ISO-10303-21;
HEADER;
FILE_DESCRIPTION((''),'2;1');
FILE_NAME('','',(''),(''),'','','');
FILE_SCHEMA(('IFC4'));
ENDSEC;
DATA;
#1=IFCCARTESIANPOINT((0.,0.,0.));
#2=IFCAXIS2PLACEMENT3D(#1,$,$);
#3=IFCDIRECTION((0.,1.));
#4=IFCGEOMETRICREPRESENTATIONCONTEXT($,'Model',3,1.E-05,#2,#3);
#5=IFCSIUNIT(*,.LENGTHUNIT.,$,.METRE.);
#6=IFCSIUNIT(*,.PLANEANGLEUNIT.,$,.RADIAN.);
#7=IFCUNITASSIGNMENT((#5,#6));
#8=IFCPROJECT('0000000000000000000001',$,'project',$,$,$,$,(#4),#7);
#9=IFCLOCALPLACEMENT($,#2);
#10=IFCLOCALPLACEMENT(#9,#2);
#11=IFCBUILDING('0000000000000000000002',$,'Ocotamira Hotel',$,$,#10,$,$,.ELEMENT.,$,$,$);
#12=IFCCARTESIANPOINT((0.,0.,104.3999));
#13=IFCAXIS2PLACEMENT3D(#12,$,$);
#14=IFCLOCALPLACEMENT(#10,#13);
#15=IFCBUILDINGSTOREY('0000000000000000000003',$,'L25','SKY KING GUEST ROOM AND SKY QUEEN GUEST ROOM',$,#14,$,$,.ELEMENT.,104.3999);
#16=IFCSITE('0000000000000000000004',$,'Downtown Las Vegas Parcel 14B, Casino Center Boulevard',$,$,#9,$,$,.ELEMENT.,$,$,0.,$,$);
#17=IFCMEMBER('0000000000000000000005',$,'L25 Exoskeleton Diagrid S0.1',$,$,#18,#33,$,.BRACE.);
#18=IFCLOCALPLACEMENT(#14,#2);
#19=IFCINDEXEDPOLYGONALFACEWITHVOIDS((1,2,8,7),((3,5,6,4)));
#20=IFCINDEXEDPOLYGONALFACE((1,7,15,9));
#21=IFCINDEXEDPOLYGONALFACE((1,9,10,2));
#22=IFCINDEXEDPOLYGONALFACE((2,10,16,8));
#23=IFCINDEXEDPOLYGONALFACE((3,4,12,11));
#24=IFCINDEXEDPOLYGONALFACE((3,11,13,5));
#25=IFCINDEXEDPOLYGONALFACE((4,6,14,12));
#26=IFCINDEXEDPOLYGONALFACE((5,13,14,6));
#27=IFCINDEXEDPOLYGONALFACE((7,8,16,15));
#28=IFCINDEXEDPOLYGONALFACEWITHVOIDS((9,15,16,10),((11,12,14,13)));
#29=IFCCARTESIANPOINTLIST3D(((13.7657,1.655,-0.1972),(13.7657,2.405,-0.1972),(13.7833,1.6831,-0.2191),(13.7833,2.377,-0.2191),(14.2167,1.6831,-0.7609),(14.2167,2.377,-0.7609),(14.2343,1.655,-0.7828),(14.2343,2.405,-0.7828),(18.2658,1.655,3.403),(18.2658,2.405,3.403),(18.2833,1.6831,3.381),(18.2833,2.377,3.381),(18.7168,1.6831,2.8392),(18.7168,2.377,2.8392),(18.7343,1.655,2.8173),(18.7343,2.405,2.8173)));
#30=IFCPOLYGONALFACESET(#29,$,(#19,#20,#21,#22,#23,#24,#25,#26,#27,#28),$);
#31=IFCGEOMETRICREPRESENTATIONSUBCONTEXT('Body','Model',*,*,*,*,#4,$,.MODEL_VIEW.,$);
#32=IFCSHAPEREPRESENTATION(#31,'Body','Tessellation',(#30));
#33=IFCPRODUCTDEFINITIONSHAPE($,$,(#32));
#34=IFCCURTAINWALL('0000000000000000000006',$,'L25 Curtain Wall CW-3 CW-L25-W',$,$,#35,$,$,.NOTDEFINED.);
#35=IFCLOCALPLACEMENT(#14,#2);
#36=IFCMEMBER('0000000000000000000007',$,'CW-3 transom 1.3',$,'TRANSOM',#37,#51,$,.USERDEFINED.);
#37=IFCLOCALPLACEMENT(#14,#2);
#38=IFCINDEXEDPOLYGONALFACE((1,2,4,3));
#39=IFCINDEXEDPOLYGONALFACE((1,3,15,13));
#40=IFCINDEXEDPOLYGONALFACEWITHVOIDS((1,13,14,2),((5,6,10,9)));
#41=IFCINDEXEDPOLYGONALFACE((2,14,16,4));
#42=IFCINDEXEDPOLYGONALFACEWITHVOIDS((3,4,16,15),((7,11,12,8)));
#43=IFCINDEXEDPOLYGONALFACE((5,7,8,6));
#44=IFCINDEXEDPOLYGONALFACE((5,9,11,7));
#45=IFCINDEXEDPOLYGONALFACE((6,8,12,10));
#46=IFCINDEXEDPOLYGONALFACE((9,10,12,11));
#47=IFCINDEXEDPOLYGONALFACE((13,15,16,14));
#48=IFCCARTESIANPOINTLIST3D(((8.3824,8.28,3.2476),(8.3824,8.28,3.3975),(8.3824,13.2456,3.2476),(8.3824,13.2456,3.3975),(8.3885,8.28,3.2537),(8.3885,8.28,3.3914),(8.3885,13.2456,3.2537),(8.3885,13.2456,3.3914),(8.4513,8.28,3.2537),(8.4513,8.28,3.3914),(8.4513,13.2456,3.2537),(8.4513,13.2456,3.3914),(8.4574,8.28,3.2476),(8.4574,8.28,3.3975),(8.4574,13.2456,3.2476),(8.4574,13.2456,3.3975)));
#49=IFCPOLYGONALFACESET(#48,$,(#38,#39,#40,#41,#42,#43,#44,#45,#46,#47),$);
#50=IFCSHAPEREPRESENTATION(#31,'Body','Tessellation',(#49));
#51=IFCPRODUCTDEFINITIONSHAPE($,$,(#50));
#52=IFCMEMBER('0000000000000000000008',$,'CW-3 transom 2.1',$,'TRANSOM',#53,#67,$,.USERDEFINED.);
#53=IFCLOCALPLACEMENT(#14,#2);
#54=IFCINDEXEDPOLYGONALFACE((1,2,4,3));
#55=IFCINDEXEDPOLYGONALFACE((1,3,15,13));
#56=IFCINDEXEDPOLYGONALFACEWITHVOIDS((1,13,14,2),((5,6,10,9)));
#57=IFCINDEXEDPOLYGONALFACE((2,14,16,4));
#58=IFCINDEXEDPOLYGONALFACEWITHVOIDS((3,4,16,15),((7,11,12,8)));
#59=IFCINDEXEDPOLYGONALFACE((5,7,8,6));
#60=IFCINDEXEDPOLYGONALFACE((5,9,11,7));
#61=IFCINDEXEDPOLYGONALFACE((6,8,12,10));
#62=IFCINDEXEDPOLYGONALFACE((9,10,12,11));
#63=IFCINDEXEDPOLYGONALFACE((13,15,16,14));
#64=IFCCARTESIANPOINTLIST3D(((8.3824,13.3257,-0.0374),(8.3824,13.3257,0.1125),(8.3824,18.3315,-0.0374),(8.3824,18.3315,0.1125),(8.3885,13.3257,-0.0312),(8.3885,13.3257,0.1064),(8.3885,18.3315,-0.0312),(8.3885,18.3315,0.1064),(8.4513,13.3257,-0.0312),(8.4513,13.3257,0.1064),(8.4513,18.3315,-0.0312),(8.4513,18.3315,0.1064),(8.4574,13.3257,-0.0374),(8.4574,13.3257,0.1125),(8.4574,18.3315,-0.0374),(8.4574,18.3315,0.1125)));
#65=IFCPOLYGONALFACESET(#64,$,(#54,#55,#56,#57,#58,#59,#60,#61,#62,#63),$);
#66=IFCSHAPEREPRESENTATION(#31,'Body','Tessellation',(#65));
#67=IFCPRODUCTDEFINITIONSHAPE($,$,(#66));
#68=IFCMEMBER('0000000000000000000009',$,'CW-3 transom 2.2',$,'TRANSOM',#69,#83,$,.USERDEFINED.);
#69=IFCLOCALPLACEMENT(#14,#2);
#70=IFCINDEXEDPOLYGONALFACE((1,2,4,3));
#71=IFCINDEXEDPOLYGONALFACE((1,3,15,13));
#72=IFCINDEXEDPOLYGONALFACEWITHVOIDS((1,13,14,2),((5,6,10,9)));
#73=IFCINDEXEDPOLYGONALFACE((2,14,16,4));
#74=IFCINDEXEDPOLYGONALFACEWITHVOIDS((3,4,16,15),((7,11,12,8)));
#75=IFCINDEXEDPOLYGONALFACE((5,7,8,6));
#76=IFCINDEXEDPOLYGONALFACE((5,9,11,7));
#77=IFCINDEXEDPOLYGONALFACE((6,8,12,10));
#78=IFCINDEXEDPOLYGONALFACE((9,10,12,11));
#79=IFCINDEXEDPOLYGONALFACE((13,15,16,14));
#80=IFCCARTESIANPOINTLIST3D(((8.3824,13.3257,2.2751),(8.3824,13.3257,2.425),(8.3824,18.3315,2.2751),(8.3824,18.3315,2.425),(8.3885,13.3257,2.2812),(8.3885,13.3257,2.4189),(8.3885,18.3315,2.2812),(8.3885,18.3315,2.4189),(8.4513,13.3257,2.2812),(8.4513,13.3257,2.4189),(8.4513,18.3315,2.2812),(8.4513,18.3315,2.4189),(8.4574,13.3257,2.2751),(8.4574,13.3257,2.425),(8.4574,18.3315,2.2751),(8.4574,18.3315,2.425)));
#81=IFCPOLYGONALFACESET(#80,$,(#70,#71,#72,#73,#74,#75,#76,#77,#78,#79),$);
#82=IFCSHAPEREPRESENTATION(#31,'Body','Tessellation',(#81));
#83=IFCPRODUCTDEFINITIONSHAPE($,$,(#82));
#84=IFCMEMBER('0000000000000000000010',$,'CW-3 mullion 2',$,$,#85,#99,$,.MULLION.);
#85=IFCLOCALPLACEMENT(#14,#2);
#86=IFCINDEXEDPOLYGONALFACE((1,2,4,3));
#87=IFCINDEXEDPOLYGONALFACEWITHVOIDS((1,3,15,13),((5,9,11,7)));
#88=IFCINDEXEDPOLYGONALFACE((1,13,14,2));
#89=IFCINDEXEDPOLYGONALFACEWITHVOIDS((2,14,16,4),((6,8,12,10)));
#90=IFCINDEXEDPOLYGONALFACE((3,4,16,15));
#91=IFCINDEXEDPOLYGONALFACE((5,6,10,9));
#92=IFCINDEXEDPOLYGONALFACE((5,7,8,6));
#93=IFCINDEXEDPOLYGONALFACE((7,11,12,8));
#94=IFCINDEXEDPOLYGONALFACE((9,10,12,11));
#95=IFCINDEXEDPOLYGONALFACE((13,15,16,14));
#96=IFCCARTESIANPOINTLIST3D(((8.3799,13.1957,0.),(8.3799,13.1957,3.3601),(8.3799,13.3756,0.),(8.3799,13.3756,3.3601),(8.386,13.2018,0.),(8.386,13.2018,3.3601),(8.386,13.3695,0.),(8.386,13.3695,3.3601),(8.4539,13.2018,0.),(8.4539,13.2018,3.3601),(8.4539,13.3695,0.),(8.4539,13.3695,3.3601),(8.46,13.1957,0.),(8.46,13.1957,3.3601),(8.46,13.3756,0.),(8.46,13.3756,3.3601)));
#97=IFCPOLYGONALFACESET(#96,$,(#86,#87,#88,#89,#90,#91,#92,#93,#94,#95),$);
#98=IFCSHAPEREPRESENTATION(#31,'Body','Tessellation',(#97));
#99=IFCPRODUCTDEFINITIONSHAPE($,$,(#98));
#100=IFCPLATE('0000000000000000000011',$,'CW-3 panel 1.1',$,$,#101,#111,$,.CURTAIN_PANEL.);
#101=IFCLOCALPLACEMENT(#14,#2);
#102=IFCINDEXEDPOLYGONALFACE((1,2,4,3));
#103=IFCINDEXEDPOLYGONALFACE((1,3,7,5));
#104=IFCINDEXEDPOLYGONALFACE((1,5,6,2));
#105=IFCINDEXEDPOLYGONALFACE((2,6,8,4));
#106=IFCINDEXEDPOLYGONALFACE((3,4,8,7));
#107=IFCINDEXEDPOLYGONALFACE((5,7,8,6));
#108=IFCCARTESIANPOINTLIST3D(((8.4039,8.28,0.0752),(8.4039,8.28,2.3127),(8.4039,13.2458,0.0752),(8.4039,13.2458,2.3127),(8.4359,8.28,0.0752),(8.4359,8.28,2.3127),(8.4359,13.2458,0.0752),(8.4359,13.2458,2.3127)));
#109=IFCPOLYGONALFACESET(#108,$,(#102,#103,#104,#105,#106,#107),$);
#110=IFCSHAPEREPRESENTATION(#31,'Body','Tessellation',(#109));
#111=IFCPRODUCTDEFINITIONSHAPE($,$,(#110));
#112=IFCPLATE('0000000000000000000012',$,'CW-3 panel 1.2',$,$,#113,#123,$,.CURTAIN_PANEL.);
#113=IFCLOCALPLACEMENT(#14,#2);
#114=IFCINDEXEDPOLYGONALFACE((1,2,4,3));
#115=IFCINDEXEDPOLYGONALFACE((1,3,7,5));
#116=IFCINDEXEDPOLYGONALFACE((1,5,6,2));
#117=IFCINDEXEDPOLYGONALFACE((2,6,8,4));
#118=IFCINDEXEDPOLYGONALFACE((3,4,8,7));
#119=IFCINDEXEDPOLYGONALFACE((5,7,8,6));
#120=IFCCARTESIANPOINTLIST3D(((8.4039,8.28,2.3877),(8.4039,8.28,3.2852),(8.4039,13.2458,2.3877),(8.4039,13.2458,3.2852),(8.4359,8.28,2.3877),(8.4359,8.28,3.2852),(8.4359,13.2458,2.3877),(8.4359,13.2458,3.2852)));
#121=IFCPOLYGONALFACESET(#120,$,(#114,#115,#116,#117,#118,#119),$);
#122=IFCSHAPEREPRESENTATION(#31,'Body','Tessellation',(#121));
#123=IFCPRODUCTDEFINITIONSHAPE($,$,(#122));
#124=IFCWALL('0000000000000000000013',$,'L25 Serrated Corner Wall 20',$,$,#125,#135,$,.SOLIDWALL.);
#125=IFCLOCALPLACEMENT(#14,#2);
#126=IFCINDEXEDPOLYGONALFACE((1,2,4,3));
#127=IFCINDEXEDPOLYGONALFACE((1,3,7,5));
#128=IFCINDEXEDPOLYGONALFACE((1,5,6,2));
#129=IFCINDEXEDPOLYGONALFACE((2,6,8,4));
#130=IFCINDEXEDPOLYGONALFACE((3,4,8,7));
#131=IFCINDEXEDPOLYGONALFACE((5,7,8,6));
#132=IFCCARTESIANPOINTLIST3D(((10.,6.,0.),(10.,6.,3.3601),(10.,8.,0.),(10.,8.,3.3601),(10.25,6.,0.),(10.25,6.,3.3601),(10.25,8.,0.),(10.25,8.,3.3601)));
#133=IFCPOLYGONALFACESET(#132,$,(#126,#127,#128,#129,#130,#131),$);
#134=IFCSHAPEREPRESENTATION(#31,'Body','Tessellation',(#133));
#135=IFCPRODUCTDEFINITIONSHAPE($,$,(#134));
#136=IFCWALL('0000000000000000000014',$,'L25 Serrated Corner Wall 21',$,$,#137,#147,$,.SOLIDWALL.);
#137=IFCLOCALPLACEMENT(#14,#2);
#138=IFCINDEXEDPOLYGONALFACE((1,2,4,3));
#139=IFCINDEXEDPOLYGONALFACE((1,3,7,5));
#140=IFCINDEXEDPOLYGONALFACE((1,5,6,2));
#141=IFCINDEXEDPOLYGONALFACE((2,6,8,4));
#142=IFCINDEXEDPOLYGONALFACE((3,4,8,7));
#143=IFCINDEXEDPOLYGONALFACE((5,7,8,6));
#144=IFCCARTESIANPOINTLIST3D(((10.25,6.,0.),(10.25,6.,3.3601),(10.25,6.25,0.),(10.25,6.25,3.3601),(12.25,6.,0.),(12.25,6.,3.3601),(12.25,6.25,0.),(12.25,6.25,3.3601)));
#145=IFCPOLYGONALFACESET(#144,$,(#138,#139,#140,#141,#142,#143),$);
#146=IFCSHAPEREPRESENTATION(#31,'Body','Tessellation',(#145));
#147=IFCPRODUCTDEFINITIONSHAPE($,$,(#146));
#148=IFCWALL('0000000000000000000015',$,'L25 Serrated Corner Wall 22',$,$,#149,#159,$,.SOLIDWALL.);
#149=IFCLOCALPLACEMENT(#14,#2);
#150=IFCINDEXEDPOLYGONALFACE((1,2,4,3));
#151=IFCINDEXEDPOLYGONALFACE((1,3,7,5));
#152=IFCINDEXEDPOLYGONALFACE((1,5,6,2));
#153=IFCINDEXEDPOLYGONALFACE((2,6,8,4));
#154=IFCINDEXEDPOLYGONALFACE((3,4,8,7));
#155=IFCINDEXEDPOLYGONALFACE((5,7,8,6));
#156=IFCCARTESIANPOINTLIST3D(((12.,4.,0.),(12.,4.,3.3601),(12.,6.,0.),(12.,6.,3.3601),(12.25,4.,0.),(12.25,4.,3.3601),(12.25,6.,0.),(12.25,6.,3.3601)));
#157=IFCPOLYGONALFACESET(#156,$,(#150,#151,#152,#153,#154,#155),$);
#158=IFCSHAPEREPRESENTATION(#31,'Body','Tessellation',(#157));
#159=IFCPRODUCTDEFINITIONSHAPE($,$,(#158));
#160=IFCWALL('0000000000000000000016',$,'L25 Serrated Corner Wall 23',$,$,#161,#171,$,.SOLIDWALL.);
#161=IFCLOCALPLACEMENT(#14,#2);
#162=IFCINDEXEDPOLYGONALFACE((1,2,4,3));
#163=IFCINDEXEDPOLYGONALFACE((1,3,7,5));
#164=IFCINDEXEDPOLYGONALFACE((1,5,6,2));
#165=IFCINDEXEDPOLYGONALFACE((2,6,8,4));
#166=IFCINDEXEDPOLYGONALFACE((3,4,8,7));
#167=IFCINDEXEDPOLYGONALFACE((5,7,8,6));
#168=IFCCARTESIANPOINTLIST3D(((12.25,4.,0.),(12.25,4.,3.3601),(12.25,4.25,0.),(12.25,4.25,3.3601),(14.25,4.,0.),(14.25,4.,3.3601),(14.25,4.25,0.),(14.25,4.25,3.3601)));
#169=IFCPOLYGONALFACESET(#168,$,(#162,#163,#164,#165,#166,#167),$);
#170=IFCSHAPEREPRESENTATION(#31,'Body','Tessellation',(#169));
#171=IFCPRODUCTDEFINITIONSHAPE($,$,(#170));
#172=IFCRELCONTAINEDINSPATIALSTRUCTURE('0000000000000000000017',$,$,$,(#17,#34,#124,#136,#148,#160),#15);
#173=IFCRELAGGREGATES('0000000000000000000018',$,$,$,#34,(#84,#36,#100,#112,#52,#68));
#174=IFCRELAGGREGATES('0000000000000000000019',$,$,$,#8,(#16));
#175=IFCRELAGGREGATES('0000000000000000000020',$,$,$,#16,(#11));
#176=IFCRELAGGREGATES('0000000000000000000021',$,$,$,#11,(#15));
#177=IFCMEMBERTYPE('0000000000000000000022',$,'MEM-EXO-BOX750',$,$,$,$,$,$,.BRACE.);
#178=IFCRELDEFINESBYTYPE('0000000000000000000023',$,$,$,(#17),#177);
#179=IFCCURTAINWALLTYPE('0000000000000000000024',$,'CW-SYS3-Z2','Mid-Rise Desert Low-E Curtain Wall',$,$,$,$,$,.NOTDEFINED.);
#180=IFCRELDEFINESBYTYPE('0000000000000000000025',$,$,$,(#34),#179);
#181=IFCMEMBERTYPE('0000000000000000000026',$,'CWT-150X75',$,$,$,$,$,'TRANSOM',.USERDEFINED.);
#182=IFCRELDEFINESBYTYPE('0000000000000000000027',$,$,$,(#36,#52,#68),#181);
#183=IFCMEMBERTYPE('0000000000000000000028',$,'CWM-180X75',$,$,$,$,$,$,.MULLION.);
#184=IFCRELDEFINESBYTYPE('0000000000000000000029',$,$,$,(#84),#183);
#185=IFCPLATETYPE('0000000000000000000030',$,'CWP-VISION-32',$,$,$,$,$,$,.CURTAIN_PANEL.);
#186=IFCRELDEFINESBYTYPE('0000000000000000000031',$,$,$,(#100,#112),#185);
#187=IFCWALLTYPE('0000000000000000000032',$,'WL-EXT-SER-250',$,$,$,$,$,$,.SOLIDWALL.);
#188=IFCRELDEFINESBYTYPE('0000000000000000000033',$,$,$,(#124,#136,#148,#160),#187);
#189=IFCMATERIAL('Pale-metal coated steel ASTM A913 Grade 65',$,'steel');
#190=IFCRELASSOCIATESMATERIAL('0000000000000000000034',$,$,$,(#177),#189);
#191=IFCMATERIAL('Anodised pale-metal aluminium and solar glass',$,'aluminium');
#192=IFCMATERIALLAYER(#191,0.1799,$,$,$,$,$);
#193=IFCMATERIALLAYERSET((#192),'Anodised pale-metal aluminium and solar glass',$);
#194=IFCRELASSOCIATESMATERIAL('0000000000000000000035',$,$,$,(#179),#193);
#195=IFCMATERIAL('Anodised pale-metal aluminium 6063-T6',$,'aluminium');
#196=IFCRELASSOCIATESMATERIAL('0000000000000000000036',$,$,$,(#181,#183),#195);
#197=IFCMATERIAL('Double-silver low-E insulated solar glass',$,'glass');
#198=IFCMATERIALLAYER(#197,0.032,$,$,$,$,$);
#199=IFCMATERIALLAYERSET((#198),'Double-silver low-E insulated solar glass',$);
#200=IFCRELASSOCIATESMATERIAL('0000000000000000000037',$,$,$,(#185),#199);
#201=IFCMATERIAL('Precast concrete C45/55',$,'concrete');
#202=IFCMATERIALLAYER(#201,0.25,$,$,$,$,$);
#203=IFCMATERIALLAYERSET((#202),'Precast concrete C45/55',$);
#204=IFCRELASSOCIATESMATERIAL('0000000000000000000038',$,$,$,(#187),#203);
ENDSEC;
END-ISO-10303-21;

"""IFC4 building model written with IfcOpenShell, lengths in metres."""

from ifc_helpers import new_model, si_unit, direction, frame, frame_2d, origin, origin_2d, place, context, subcontext, project, spatial, rectangle, hollow_rectangle, extrude, source, transform, mapped, material, layer, layer_set, material_profile, profile_set, type_object, element, aggregate, save


model = new_model("IFC4")

# Units and contexts
model_context = context("Model", 3, precision=1e-05, world=origin(), true_north=direction((0.0, 1.0)))
body_context = subcontext(model_context, "Body", "Model", "MODEL_VIEW")
ifc_project = project(units=[si_unit("LENGTHUNIT", "METRE"), si_unit("PLANEANGLEUNIT", "RADIAN")], contexts=[model_context])

# Site, building, storey
site_placement = place(None, origin())
site = spatial("IfcSite", under=ifc_project, at=site_placement, Name="Downtown Las Vegas Parcel 14B, Casino Center Boulevard", CompositionType="ELEMENT", RefElevation=0.0)
building_placement = place(site_placement, origin())
building = spatial("IfcBuilding", under=site, at=building_placement, Name="Ocotamira Hotel", CompositionType="ELEMENT")
storey_placement = place(building_placement, frame((0.0, 0.0, 104.3999)))
storey = spatial("IfcBuildingStorey", under=building, at=storey_placement, Name="L25", Description="SKY KING GUEST ROOM AND SKY QUEEN GUEST ROOM", CompositionType="ELEMENT", Elevation=104.3999)

# Member
ifc_material_1 = material(Name="Pale-metal coated steel ASTM A913 Grade 65", Category="steel")
ifc_material_profile_1 = material_profile(ifc_material_1, hollow_rectangle(XDim=0.75, YDim=0.75, WallThickness=0.0281, at=origin_2d()), Name="BOX750X750X28")
ifc_profile_set_1 = profile_set([ifc_material_profile_1], Name="Pale-metal coated steel ASTM A913 Grade 65")
member_type_1 = type_object("IfcMemberType", Name="MEM-EXO-BOX750", PredefinedType="BRACE", material=ifc_profile_set_1)
shared_shape_1 = source(origin(), body_context, "Body", "SweptSolid", [
    extrude(hollow_rectangle(XDim=0.75, YDim=0.75, WallThickness=0.0281, at=origin_2d()), origin(), (0.0, 0.0, 1.0), 5.7629),
])
member_1_placement = place(storey_placement, frame((14.0, 2.03, -0.49), z_axis=(0.780861, 0.0, 0.624705), x_axis=(0.0, 1.0, 0.0)))
element("IfcMember", 1, at=member_1_placement, inside=storey, type_object=member_type_1, Name="L25 Exoskeleton Diagrid S0.1", PredefinedType="BRACE", context=body_context, shape_type="MappedRepresentation", body=[
    mapped(shared_shape_1, transform((0.0, 0.0, 0.0), scale=1.0)),
])

# Curtain wall, members, plates
ifc_material_2 = material(Name="Anodised pale-metal aluminium and solar glass", Category="aluminium")
ifc_layer_1 = layer(ifc_material_2, 0.1799)
ifc_layer_set_1 = layer_set([ifc_layer_1], Name="Anodised pale-metal aluminium and solar glass")
curtain_wall_type = type_object("IfcCurtainWallType", Name="CW-SYS3-Z2", Description="Mid-Rise Desert Low-E Curtain Wall", PredefinedType="NOTDEFINED", material=ifc_layer_set_1)
curtain_wall_placement = place(storey_placement, origin())
curtain_wall = element("IfcCurtainWall", 2, at=curtain_wall_placement, inside=storey, type_object=curtain_wall_type, Name="L25 Curtain Wall CW-3 CW-L25-W", PredefinedType="NOTDEFINED")
ifc_material_3 = material(Name="Anodised pale-metal aluminium 6063-T6", Category="aluminium")
ifc_material_profile_2 = material_profile(ifc_material_3, hollow_rectangle(XDim=0.075, YDim=0.1499, WallThickness=0.0061, at=origin_2d()), Name="HSS150X75X6")
ifc_profile_set_2 = profile_set([ifc_material_profile_2], Name="Anodised pale-metal aluminium 6063-T6")
member_type_2 = type_object("IfcMemberType", Name="CWT-150X75", ElementType="TRANSOM", PredefinedType="USERDEFINED", material=ifc_profile_set_2)
shared_shape_2 = source(origin(), body_context, "Body", "SweptSolid", [
    extrude(hollow_rectangle(XDim=0.075, YDim=0.1499, WallThickness=0.0061, at=origin_2d()), origin(), (0.0, 0.0, 1.0), 4.9656),
])
member_2_placement = place(storey_placement, frame((8.4199, 8.28, 3.3225), z_axis=(0.0, 1.0, 0.0), x_axis=(-1.0, 0.0, 0.0)))
member_2 = element("IfcMember", 3, at=member_2_placement, type_object=member_type_2, Name="CW-3 transom 1.3", ObjectType="TRANSOM", PredefinedType="USERDEFINED", context=body_context, shape_type="MappedRepresentation", body=[
    mapped(shared_shape_2, transform((0.0, 0.0, 0.0), scale=1.0)),
])
shared_shape_3 = source(origin(), body_context, "Body", "SweptSolid", [
    extrude(hollow_rectangle(XDim=0.075, YDim=0.1499, WallThickness=0.0061, at=origin_2d()), origin(), (0.0, 0.0, 1.0), 5.0059),
])
member_3_placement = place(storey_placement, frame((8.4199, 13.3257, 0.0376), z_axis=(0.0, 1.0, 0.0), x_axis=(-1.0, 0.0, 0.0)))
member_3 = element("IfcMember", 4, at=member_3_placement, type_object=member_type_2, Name="CW-3 transom 2.1", ObjectType="TRANSOM", PredefinedType="USERDEFINED", context=body_context, shape_type="MappedRepresentation", body=[
    mapped(shared_shape_3, transform((0.0, 0.0, 0.0), scale=1.0)),
])
member_4_placement = place(storey_placement, frame((8.4199, 13.3257, 2.3501), z_axis=(0.0, 1.0, 0.0), x_axis=(-1.0, 0.0, 0.0)))
member_4 = element("IfcMember", 5, at=member_4_placement, type_object=member_type_2, Name="CW-3 transom 2.2", ObjectType="TRANSOM", PredefinedType="USERDEFINED", context=body_context, shape_type="MappedRepresentation", body=[
    mapped(shared_shape_3, transform((0.0, 0.0, 0.0), scale=1.0)),
])
ifc_material_profile_3 = material_profile(ifc_material_3, hollow_rectangle(XDim=0.0801, YDim=0.1799, WallThickness=0.0061, at=origin_2d()), Name="HSS180X80X6")
ifc_profile_set_3 = profile_set([ifc_material_profile_3], Name="Anodised pale-metal aluminium 6063-T6")
member_type_3 = type_object("IfcMemberType", Name="CWM-180X75", PredefinedType="MULLION", material=ifc_profile_set_3)
shared_shape_4 = source(origin(), body_context, "Body", "SweptSolid", [
    extrude(hollow_rectangle(XDim=0.0801, YDim=0.1799, WallThickness=0.0061, at=origin_2d()), origin(), (0.0, 0.0, 1.0), 3.3601),
])
member_5_placement = place(storey_placement, frame((8.4199, 13.2856, 0.0), z_axis=(0.0, 0.0, 1.0), x_axis=(-1.0, 0.0, 0.0)))
member_5 = element("IfcMember", 6, at=member_5_placement, type_object=member_type_3, Name="CW-3 mullion 2", PredefinedType="MULLION", context=body_context, shape_type="MappedRepresentation", body=[
    mapped(shared_shape_4, transform((0.0, 0.0, 0.0), scale=1.0)),
])
ifc_material_4 = material(Name="Double-silver low-E insulated solar glass", Category="glass")
ifc_layer_2 = layer(ifc_material_4, 0.032)
ifc_layer_set_2 = layer_set([ifc_layer_2], Name="Double-silver low-E insulated solar glass")
plate_type = type_object("IfcPlateType", Name="CWP-VISION-32", PredefinedType="CURTAIN_PANEL", material=ifc_layer_set_2)
shared_shape_5 = source(origin(), body_context, "Body", "SweptSolid", [
    extrude(rectangle(XDim=4.9658, YDim=0.032, at=origin_2d()), origin(), (0.0, 0.0, 1.0), 2.2375),
])
plate_1_placement = place(storey_placement, frame((8.4199, 10.7629, 0.0752), z_axis=(0.0, 0.0, 1.0), x_axis=(0.0, 1.0, 0.0)))
plate_1 = element("IfcPlate", 7, at=plate_1_placement, type_object=plate_type, Name="CW-3 panel 1.1", PredefinedType="CURTAIN_PANEL", context=body_context, shape_type="MappedRepresentation", body=[
    mapped(shared_shape_5, transform((0.0, 0.0, 0.0), scale=1.0)),
])
shared_shape_6 = source(origin(), body_context, "Body", "SweptSolid", [
    extrude(rectangle(XDim=4.9658, YDim=0.032, at=origin_2d()), origin(), (0.0, 0.0, 1.0), 0.8975),
])
plate_2_placement = place(storey_placement, frame((8.4199, 10.7629, 2.3877), z_axis=(0.0, 0.0, 1.0), x_axis=(0.0, 1.0, 0.0)))
plate_2 = element("IfcPlate", 8, at=plate_2_placement, type_object=plate_type, Name="CW-3 panel 1.2", PredefinedType="CURTAIN_PANEL", context=body_context, shape_type="MappedRepresentation", body=[
    mapped(shared_shape_6, transform((0.0, 0.0, 0.0), scale=1.0)),
])
aggregate(curtain_wall, [member_5, member_2, plate_1, plate_2, member_3, member_4])

# Walls
ifc_material_5 = material(Name="Precast concrete C45/55", Category="concrete")
ifc_layer_3 = layer(ifc_material_5, 0.25)
ifc_layer_set_3 = layer_set([ifc_layer_3], Name="Precast concrete C45/55")
wall_type_1 = type_object("IfcWallType", Name="WL-EXT-SER-250", PredefinedType="SOLIDWALL", material=ifc_layer_set_3)
for number, where, z_axis, x_axis, name in (
    (9, (10.125, 8.0, 0.0), (0.0, 0.0, 1.0), (0.0, -1.0, 0.0), "L25 Serrated Corner Wall 20"),
    (10, (10.25, 6.125, 0.0), (0.0, 0.0, 1.0), (1.0, 0.0, 0.0), "L25 Serrated Corner Wall 21"),
    (11, (12.125, 6.0, 0.0), (0.0, 0.0, 1.0), (0.0, -1.0, 0.0), "L25 Serrated Corner Wall 22"),
    (12, (12.25, 4.125, 0.0), (0.0, 0.0, 1.0), (1.0, 0.0, 0.0), "L25 Serrated Corner Wall 23"),
):
    element("IfcWall", number, at=place(storey_placement, frame(where, z_axis=z_axis, x_axis=x_axis)), inside=storey, type_object=wall_type_1, Name=name, PredefinedType="SOLIDWALL", context=body_context, shape_type="SweptSolid", body=[
        extrude(rectangle(XDim=2.0, YDim=0.25, at=frame_2d((1.0, 0.0))), origin(), (0.0, 0.0, 1.0), 3.3601),
    ])

save(model, "model.ifc")
